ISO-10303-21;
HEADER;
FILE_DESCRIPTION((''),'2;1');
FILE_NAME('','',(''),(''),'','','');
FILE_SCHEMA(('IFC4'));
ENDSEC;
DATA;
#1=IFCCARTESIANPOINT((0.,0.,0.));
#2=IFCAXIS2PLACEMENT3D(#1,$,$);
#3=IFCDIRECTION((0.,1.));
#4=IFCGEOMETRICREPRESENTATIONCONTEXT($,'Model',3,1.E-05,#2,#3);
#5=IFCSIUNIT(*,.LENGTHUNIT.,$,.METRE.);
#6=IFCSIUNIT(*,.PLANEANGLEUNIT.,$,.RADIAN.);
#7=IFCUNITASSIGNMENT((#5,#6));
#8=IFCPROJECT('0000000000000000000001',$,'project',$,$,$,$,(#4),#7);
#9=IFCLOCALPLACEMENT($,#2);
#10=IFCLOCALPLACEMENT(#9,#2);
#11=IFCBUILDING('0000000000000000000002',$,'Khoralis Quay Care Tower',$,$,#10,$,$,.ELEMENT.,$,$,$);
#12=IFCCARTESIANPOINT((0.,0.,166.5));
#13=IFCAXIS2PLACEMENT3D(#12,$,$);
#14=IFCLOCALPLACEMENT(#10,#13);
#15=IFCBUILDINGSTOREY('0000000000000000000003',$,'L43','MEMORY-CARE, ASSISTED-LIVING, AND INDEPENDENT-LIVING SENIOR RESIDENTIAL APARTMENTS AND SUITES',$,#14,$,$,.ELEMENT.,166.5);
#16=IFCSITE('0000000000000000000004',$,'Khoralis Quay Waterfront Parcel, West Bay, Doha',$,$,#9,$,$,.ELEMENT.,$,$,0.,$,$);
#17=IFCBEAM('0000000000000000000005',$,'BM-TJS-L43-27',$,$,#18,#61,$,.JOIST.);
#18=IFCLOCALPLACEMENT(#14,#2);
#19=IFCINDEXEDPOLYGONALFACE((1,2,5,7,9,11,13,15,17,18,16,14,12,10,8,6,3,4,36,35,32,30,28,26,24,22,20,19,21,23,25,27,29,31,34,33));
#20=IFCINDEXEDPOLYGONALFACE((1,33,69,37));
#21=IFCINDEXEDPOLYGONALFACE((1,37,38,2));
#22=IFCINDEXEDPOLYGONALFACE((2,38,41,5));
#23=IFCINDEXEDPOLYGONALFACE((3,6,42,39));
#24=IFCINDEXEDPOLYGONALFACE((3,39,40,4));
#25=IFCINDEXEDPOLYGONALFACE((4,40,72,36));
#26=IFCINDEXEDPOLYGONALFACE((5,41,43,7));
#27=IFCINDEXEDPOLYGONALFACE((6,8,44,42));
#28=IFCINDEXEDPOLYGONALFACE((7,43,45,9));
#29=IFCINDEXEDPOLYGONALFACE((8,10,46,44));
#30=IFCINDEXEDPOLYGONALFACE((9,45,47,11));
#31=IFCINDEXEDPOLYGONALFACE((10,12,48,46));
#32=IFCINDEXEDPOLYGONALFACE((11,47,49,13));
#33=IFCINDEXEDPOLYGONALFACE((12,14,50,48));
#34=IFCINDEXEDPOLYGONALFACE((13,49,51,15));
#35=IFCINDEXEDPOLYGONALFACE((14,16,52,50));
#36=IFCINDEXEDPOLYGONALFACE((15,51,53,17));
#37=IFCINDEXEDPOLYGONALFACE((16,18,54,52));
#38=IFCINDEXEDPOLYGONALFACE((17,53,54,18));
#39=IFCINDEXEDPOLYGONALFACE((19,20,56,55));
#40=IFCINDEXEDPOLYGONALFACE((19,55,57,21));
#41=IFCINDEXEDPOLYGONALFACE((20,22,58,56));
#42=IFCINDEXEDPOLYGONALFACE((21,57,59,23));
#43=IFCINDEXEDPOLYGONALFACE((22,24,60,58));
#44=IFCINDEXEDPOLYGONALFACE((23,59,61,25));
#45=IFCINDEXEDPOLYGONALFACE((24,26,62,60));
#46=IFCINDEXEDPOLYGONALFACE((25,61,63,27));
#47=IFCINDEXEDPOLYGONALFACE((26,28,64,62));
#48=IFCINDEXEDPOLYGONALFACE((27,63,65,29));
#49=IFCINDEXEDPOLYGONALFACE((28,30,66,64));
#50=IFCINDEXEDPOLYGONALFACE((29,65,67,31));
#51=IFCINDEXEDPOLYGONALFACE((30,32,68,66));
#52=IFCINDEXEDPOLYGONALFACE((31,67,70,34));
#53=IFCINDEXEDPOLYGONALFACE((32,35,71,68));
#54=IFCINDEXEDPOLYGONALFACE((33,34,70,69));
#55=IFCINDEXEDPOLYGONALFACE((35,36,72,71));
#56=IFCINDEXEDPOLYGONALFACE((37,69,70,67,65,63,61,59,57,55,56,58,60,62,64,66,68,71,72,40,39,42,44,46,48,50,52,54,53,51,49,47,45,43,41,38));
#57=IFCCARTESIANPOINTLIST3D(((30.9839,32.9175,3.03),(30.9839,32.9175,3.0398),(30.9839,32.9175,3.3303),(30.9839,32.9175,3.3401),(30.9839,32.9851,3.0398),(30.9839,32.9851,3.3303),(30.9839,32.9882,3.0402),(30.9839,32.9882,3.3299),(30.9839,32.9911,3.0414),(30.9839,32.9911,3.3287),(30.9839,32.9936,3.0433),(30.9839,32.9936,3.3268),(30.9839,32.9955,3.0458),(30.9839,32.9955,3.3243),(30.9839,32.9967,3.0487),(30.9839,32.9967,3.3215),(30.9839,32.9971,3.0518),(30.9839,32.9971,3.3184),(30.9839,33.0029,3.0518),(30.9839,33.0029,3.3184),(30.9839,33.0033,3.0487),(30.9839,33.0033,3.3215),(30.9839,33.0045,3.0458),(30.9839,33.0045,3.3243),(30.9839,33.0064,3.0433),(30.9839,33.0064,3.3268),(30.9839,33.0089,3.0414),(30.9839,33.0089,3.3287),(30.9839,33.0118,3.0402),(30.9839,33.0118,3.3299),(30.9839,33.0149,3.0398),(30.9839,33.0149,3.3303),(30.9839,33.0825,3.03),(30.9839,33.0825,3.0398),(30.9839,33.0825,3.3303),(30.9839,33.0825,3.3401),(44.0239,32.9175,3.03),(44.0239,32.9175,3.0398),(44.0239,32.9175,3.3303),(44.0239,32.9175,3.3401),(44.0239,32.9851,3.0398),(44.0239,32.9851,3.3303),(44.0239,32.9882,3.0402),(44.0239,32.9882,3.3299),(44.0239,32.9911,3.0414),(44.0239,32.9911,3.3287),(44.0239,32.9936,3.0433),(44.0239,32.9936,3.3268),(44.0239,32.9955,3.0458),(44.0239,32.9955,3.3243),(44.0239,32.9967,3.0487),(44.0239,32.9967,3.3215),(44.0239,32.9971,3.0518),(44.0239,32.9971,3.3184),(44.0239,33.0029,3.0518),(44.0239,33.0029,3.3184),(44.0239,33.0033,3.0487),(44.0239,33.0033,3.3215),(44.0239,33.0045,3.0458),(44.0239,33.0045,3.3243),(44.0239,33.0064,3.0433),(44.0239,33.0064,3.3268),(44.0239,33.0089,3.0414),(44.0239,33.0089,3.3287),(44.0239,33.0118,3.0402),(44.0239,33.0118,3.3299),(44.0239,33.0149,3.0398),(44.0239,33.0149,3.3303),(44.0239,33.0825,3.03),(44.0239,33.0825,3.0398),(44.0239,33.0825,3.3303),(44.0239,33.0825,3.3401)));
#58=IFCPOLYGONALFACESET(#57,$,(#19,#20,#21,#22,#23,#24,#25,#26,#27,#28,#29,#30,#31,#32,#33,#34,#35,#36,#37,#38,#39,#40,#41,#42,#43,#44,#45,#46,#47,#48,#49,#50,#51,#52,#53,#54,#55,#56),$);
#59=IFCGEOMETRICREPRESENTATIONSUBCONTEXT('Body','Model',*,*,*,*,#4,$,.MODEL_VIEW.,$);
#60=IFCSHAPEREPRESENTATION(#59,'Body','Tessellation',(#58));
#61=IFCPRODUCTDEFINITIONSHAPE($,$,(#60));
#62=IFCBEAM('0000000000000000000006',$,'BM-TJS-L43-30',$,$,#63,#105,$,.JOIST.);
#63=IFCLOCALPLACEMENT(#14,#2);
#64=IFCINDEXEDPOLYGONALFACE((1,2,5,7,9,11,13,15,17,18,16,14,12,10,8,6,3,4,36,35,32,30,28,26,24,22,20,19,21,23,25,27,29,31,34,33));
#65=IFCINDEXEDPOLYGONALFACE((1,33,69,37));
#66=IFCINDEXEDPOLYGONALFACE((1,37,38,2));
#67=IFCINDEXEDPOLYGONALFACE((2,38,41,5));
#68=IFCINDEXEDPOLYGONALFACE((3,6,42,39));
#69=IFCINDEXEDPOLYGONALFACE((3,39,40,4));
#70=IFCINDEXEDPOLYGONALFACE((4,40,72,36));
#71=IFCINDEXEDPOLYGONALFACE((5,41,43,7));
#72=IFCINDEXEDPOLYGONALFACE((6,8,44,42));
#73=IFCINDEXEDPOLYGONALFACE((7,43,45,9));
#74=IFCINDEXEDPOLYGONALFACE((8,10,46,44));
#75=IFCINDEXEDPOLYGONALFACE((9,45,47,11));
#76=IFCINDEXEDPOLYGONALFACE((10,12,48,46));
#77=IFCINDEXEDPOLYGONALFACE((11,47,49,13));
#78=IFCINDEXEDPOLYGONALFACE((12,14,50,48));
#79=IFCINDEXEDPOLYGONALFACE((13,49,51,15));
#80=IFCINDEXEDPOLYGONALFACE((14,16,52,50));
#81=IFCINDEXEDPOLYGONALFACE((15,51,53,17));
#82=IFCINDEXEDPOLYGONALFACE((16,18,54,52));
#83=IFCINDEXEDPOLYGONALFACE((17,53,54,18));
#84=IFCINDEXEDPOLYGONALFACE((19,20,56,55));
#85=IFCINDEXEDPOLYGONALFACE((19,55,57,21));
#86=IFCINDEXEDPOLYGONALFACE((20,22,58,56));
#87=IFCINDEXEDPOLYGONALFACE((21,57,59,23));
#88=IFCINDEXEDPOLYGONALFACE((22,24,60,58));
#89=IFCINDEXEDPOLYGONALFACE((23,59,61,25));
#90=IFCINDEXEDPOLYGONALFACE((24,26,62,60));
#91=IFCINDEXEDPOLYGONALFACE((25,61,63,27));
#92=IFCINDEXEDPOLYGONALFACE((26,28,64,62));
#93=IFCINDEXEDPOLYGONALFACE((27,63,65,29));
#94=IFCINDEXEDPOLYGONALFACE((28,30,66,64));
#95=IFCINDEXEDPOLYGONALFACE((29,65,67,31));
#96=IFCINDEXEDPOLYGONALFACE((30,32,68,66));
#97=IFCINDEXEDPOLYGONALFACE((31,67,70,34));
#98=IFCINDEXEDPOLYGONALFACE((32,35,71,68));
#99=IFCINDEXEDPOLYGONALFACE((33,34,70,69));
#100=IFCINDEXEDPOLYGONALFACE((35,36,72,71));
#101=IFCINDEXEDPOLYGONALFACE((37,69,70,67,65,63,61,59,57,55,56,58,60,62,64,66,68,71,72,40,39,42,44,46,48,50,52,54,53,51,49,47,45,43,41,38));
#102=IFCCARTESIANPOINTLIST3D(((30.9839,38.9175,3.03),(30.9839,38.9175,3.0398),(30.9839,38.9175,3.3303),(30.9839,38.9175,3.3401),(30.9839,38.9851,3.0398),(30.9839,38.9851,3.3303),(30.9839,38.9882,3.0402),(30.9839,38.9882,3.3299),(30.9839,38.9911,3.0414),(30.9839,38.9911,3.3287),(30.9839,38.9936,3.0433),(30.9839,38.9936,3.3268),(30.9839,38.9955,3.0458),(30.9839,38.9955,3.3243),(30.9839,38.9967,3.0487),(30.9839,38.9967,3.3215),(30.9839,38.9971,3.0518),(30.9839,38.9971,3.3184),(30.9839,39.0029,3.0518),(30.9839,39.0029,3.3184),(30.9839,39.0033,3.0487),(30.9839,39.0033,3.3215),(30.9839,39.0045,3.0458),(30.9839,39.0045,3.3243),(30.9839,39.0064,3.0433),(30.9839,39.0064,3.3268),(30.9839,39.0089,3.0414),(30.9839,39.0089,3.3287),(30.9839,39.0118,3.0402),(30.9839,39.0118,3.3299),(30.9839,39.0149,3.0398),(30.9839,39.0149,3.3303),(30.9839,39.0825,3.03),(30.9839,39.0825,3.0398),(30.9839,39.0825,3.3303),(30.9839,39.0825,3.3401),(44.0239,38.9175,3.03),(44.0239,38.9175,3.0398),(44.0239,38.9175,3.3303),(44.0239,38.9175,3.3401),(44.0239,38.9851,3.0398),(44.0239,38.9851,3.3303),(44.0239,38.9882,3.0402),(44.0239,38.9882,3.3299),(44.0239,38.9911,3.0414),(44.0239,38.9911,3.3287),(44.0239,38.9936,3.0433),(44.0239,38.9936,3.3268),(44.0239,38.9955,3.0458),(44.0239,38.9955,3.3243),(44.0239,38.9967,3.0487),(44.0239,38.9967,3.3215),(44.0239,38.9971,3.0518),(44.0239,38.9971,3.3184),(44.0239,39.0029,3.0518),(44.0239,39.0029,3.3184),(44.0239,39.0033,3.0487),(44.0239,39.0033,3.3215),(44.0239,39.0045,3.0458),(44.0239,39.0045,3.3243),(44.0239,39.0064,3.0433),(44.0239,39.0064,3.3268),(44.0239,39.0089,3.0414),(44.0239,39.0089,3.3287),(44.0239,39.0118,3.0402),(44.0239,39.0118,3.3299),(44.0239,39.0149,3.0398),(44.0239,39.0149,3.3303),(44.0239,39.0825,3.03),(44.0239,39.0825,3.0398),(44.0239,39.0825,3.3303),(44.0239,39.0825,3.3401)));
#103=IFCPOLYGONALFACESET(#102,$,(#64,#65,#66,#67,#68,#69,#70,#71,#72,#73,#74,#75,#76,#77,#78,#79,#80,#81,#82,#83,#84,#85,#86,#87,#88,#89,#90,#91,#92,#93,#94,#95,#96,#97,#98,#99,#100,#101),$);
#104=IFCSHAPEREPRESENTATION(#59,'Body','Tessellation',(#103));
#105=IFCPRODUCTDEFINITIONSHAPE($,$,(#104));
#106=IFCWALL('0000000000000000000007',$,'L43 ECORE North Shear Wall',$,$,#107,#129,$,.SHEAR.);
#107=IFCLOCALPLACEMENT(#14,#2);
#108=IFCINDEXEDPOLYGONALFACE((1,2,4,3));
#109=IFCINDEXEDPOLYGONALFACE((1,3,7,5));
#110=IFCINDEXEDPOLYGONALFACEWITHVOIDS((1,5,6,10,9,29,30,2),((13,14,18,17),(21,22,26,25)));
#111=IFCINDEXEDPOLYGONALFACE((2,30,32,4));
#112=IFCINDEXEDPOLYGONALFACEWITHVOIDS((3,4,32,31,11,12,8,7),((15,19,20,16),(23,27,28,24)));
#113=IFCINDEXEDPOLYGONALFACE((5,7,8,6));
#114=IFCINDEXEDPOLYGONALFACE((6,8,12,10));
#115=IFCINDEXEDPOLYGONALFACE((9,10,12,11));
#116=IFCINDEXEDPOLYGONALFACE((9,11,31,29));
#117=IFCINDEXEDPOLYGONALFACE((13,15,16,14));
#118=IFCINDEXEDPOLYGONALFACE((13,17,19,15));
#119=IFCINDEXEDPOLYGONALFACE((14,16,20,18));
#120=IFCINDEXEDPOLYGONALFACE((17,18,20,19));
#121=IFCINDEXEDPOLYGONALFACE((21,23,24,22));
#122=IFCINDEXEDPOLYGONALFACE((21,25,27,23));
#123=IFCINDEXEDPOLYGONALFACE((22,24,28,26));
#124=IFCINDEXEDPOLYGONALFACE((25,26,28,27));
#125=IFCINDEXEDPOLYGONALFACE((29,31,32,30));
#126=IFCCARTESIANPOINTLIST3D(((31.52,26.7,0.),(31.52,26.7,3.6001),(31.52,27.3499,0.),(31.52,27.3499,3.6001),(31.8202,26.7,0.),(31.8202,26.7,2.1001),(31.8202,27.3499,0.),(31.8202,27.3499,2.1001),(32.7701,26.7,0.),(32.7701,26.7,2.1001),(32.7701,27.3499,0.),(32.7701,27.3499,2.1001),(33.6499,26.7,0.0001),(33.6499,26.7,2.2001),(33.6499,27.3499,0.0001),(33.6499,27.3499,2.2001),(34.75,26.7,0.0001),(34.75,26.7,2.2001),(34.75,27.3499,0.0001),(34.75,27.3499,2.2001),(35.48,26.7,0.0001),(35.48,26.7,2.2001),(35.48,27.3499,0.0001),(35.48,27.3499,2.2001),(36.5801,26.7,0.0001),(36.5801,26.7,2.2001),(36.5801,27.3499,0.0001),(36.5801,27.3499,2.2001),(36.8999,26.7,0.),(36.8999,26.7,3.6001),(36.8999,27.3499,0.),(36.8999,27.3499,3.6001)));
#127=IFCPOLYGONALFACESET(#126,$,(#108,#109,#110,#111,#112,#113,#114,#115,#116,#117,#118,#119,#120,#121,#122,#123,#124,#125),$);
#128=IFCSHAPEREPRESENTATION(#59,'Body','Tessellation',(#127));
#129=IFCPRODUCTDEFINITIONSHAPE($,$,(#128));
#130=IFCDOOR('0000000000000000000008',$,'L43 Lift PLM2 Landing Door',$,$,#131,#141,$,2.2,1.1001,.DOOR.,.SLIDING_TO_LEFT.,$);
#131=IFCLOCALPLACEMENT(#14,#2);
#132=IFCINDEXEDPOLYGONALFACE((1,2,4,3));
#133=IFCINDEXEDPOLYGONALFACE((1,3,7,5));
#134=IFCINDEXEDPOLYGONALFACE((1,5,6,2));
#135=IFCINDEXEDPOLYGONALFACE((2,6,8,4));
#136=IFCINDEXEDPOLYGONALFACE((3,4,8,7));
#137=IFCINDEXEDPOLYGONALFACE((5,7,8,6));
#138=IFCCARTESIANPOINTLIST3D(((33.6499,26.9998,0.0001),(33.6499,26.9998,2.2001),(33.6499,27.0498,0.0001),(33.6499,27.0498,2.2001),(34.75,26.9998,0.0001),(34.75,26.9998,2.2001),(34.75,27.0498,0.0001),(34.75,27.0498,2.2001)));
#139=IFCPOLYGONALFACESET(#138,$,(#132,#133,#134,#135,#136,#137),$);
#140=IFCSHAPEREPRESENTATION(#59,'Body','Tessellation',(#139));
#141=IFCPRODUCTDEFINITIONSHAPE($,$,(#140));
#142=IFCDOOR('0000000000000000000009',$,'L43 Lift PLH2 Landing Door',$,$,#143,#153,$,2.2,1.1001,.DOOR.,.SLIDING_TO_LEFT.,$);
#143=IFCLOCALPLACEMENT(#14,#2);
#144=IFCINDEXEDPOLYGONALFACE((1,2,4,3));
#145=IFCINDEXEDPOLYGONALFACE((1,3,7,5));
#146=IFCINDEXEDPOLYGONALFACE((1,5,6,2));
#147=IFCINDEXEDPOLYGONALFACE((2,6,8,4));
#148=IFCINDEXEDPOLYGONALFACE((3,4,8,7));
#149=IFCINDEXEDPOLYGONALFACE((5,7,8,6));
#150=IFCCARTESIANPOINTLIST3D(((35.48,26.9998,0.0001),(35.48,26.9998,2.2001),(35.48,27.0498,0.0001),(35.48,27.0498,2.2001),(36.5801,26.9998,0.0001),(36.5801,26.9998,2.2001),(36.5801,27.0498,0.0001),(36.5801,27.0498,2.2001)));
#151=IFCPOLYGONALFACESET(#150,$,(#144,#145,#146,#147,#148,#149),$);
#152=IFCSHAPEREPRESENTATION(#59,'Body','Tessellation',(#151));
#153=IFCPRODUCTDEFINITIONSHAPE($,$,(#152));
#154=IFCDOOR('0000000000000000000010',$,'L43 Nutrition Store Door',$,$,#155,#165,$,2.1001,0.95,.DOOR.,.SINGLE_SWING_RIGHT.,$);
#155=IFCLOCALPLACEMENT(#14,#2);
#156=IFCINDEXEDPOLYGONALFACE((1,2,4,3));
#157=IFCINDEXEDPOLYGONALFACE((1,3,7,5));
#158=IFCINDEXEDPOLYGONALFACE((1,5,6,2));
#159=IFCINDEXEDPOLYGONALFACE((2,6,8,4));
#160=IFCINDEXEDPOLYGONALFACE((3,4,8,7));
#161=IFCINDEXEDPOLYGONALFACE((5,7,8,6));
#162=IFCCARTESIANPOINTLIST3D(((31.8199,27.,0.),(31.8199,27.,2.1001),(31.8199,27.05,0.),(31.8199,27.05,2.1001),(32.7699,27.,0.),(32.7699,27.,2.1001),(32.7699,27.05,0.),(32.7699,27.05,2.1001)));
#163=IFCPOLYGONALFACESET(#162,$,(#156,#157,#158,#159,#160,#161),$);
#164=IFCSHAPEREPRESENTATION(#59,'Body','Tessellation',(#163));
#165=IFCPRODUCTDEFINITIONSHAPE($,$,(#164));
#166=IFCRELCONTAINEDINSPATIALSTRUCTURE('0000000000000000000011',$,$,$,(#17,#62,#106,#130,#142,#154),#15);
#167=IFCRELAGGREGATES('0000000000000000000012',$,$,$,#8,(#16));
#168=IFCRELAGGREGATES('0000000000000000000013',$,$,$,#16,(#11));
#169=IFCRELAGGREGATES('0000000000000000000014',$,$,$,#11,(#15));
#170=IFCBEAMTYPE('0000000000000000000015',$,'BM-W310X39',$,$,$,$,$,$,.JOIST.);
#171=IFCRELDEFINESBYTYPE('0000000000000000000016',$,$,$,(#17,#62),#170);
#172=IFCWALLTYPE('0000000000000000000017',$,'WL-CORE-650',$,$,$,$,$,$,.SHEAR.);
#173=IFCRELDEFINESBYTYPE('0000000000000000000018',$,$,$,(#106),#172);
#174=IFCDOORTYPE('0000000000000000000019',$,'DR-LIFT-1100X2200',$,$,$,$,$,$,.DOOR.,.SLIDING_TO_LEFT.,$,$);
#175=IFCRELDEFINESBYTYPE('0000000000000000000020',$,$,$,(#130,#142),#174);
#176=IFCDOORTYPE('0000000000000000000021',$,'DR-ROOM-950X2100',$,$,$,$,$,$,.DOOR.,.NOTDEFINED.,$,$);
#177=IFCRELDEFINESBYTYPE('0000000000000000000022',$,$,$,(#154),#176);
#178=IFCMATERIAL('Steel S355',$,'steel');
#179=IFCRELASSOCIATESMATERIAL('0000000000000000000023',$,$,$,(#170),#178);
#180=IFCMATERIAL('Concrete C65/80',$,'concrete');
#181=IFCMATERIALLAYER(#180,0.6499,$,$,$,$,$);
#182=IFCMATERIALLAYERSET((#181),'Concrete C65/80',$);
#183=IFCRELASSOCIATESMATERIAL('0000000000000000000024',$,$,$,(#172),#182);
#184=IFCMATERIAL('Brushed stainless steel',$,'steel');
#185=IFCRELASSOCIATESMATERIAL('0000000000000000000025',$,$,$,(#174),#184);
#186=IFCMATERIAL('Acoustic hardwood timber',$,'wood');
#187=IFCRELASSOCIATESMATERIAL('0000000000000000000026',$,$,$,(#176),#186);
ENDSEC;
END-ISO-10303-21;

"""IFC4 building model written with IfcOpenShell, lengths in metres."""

from ifc_helpers import new_model, si_unit, direction, frame, frame_2d, origin, origin_2d, place, context, subcontext, project, spatial, rectangle, i_section, extrude, source, transform, mapped, material, layer, layer_set, material_profile, profile_set, type_object, element, fill, save


model = new_model("IFC4")

# Units and contexts
model_context = context("Model", 3, precision=1e-05, world=origin(), true_north=direction((0.0, 1.0)))
body_context = subcontext(model_context, "Body", "Model", "MODEL_VIEW")
ifc_project = project(units=[si_unit("LENGTHUNIT", "METRE"), si_unit("PLANEANGLEUNIT", "RADIAN")], contexts=[model_context])

# Site, building, storey
site_placement = place(None, origin())
site = spatial("IfcSite", under=ifc_project, at=site_placement, Name="Khoralis Quay Waterfront Parcel, West Bay, Doha", CompositionType="ELEMENT", RefElevation=0.0)
building_placement = place(site_placement, origin())
building = spatial("IfcBuilding", under=site, at=building_placement, Name="Khoralis Quay Care Tower", CompositionType="ELEMENT")
storey_placement = place(building_placement, frame((0.0, 0.0, 166.5)))
storey = spatial("IfcBuildingStorey", under=building, at=storey_placement, Name="L43", Description="MEMORY-CARE, ASSISTED-LIVING, AND INDEPENDENT-LIVING SENIOR RESIDENTIAL APARTMENTS AND SUITES", CompositionType="ELEMENT", Elevation=166.5)

# Shared definitions
ifc_material_1 = material(Name="Concrete C65/80", Category="concrete")

# Beams
ifc_material_2 = material(Name="Steel S355", Category="steel")
ifc_material_profile_1 = material_profile(ifc_material_2, i_section(OverallWidth=0.165, OverallDepth=0.3101, WebThickness=0.0059, FlangeThickness=0.0098, FilletRadius=0.012, at=origin_2d()), Name="Steel S355")
ifc_profile_set_1 = profile_set([ifc_material_profile_1], Name="Steel S355")
beam_type_1 = type_object("IfcBeamType", Name="BM-W310X39", PredefinedType="JOIST", material=ifc_profile_set_1)
shared_shape_1 = source(origin(), body_context, "Body", "SweptSolid", [
    extrude(i_section(OverallWidth=0.165, OverallDepth=0.3101, WebThickness=0.0059, FlangeThickness=0.0098, FilletRadius=0.012, at=origin_2d()), origin(), (0.0, 0.0, 1.0), 13.04),
])
for number, where, z_axis, x_axis, name in (
    (1, (30.9839, 33.0, 3.1851), (1.0, 0.0, 0.0), (0.0, 1.0, 0.0), "BM-TJS-L43-27"),
    (2, (30.9839, 39.0, 3.1851), (1.0, 0.0, 0.0), (0.0, 1.0, 0.0), "BM-TJS-L43-30"),
):
    element("IfcBeam", number, at=place(storey_placement, frame(where, z_axis=z_axis, x_axis=x_axis)), inside=storey, type_object=beam_type_1, Name=name, PredefinedType="JOIST", context=body_context, shape_type="MappedRepresentation", body=[
        mapped(shared_shape_1, transform((0.0, 0.0, 0.0), scale=1.0)),
    ])

# Wall, openings, doors
ifc_layer_1 = layer(ifc_material_1, 0.6499)
ifc_layer_set_1 = layer_set([ifc_layer_1], Name="Concrete C65/80")
wall_type_1 = type_object("IfcWallType", Name="WL-CORE-650", PredefinedType="SHEAR", material=ifc_layer_set_1)
wall_1_placement = place(storey_placement, frame((31.52, 27.0249, 0.0), z_axis=(0.0, 0.0, 1.0), x_axis=(1.0, 0.0, 0.0)))
wall_1 = element("IfcWall", 3, at=wall_1_placement, inside=storey, type_object=wall_type_1, Name="L43 ECORE North Shear Wall", PredefinedType="SHEAR", context=body_context, shape_type="SweptSolid", body=[
    extrude(rectangle(XDim=5.3799, YDim=0.6499, at=frame_2d((2.6899, 0.0))), origin(), (0.0, 0.0, 1.0), 3.6001),
])
opening_1_placement = place(wall_1_placement, frame((0.3, 0.0, 0.0)))
opening_1 = element("IfcOpeningElement", 4, at=opening_1_placement, cuts=wall_1, PredefinedType="OPENING", context=body_context, shape_type="SweptSolid", body=[
    extrude(rectangle(XDim=0.95, YDim=2.1001, at=frame_2d((0.4751, 1.05))), frame((0.0, 0.335, 0.0), z_axis=(0.0, -1.0, 0.0), x_axis=(1.0, 0.0, 0.0)), (0.0, 0.0, 1.0), 0.6699),
])
opening_2_placement = place(wall_1_placement, frame((2.1299, 0.0, 0.0)))
opening_2 = element("IfcOpeningElement", 5, at=opening_2_placement, cuts=wall_1, PredefinedType="OPENING", context=body_context, shape_type="SweptSolid", body=[
    extrude(rectangle(XDim=1.1001, YDim=2.2, at=frame_2d((0.55, 1.1001))), frame((0.0, 0.335, 0.0), z_axis=(0.0, -1.0, 0.0), x_axis=(1.0, 0.0, 0.0)), (0.0, 0.0, 1.0), 0.6699),
])
opening_3_placement = place(wall_1_placement, frame((3.96, 0.0, 0.0)))
opening_3 = element("IfcOpeningElement", 6, at=opening_3_placement, cuts=wall_1, PredefinedType="OPENING", context=body_context, shape_type="SweptSolid", body=[
    extrude(rectangle(XDim=1.1001, YDim=2.2, at=frame_2d((0.55, 1.1001))), frame((0.0, 0.335, 0.0), z_axis=(0.0, -1.0, 0.0), x_axis=(1.0, 0.0, 0.0)), (0.0, 0.0, 1.0), 0.6699),
])
ifc_material_3 = material(Name="Brushed stainless steel", Category="steel")
door_type_1 = type_object("IfcDoorType", Name="DR-LIFT-1100X2200", OperationType="SLIDING_TO_LEFT", PredefinedType="DOOR", material=ifc_material_3)
shared_shape_2 = source(origin(), body_context, "Body", "SweptSolid", [
    extrude(rectangle(XDim=1.1001, YDim=2.2, at=frame_2d((0.55, 1.1001))), frame((0.0, 0.0249, 0.0), z_axis=(0.0, -1.0, 0.0), x_axis=(1.0, 0.0, 0.0)), (0.0, 0.0, 1.0), 0.05),
])
door_1_placement = place(opening_2_placement, origin())
door_1 = element("IfcDoor", 7, at=door_1_placement, inside=storey, type_object=door_type_1, Name="L43 Lift PLM2 Landing Door", OperationType="SLIDING_TO_LEFT", OverallHeight=2.2, OverallWidth=1.1001, PredefinedType="DOOR", context=body_context, shape_type="MappedRepresentation", body=[
    mapped(shared_shape_2, transform((0.0, 0.0, 0.0), scale=1.0)),
])
fill(opening_2, door_1)
door_2_placement = place(opening_3_placement, origin())
door_2 = element("IfcDoor", 8, at=door_2_placement, inside=storey, type_object=door_type_1, Name="L43 Lift PLH2 Landing Door", OperationType="SLIDING_TO_LEFT", OverallHeight=2.2, OverallWidth=1.1001, PredefinedType="DOOR", context=body_context, shape_type="MappedRepresentation", body=[
    mapped(shared_shape_2, transform((0.0, 0.0, 0.0), scale=1.0)),
])
fill(opening_3, door_2)
ifc_material_4 = material(Name="Acoustic hardwood timber", Category="wood")
door_type_2 = type_object("IfcDoorType", Name="DR-ROOM-950X2100", OperationType="NOTDEFINED", PredefinedType="DOOR", material=ifc_material_4)
shared_shape_3 = source(origin(), body_context, "Body", "SweptSolid", [
    extrude(rectangle(XDim=0.95, YDim=2.1001, at=frame_2d((0.4751, 1.05))), frame((0.0, 0.0249, 0.0), z_axis=(0.0, -1.0, 0.0), x_axis=(1.0, 0.0, 0.0)), (0.0, 0.0, 1.0), 0.05),
])
door_3_placement = place(opening_1_placement, frame((0.95, 0.0, 0.0), z_axis=(0.0, 0.0, 1.0), x_axis=(-1.0, 0.0, 0.0)))
door_3 = element("IfcDoor", 9, at=door_3_placement, inside=storey, type_object=door_type_2, Name="L43 Nutrition Store Door", OperationType="SINGLE_SWING_RIGHT", OverallHeight=2.1001, OverallWidth=0.95, PredefinedType="DOOR", context=body_context, shape_type="MappedRepresentation", body=[
    mapped(shared_shape_3, transform((0.0, 0.0, 0.0), scale=1.0)),
])
fill(opening_1, door_3)

save(model, "model.ifc")
